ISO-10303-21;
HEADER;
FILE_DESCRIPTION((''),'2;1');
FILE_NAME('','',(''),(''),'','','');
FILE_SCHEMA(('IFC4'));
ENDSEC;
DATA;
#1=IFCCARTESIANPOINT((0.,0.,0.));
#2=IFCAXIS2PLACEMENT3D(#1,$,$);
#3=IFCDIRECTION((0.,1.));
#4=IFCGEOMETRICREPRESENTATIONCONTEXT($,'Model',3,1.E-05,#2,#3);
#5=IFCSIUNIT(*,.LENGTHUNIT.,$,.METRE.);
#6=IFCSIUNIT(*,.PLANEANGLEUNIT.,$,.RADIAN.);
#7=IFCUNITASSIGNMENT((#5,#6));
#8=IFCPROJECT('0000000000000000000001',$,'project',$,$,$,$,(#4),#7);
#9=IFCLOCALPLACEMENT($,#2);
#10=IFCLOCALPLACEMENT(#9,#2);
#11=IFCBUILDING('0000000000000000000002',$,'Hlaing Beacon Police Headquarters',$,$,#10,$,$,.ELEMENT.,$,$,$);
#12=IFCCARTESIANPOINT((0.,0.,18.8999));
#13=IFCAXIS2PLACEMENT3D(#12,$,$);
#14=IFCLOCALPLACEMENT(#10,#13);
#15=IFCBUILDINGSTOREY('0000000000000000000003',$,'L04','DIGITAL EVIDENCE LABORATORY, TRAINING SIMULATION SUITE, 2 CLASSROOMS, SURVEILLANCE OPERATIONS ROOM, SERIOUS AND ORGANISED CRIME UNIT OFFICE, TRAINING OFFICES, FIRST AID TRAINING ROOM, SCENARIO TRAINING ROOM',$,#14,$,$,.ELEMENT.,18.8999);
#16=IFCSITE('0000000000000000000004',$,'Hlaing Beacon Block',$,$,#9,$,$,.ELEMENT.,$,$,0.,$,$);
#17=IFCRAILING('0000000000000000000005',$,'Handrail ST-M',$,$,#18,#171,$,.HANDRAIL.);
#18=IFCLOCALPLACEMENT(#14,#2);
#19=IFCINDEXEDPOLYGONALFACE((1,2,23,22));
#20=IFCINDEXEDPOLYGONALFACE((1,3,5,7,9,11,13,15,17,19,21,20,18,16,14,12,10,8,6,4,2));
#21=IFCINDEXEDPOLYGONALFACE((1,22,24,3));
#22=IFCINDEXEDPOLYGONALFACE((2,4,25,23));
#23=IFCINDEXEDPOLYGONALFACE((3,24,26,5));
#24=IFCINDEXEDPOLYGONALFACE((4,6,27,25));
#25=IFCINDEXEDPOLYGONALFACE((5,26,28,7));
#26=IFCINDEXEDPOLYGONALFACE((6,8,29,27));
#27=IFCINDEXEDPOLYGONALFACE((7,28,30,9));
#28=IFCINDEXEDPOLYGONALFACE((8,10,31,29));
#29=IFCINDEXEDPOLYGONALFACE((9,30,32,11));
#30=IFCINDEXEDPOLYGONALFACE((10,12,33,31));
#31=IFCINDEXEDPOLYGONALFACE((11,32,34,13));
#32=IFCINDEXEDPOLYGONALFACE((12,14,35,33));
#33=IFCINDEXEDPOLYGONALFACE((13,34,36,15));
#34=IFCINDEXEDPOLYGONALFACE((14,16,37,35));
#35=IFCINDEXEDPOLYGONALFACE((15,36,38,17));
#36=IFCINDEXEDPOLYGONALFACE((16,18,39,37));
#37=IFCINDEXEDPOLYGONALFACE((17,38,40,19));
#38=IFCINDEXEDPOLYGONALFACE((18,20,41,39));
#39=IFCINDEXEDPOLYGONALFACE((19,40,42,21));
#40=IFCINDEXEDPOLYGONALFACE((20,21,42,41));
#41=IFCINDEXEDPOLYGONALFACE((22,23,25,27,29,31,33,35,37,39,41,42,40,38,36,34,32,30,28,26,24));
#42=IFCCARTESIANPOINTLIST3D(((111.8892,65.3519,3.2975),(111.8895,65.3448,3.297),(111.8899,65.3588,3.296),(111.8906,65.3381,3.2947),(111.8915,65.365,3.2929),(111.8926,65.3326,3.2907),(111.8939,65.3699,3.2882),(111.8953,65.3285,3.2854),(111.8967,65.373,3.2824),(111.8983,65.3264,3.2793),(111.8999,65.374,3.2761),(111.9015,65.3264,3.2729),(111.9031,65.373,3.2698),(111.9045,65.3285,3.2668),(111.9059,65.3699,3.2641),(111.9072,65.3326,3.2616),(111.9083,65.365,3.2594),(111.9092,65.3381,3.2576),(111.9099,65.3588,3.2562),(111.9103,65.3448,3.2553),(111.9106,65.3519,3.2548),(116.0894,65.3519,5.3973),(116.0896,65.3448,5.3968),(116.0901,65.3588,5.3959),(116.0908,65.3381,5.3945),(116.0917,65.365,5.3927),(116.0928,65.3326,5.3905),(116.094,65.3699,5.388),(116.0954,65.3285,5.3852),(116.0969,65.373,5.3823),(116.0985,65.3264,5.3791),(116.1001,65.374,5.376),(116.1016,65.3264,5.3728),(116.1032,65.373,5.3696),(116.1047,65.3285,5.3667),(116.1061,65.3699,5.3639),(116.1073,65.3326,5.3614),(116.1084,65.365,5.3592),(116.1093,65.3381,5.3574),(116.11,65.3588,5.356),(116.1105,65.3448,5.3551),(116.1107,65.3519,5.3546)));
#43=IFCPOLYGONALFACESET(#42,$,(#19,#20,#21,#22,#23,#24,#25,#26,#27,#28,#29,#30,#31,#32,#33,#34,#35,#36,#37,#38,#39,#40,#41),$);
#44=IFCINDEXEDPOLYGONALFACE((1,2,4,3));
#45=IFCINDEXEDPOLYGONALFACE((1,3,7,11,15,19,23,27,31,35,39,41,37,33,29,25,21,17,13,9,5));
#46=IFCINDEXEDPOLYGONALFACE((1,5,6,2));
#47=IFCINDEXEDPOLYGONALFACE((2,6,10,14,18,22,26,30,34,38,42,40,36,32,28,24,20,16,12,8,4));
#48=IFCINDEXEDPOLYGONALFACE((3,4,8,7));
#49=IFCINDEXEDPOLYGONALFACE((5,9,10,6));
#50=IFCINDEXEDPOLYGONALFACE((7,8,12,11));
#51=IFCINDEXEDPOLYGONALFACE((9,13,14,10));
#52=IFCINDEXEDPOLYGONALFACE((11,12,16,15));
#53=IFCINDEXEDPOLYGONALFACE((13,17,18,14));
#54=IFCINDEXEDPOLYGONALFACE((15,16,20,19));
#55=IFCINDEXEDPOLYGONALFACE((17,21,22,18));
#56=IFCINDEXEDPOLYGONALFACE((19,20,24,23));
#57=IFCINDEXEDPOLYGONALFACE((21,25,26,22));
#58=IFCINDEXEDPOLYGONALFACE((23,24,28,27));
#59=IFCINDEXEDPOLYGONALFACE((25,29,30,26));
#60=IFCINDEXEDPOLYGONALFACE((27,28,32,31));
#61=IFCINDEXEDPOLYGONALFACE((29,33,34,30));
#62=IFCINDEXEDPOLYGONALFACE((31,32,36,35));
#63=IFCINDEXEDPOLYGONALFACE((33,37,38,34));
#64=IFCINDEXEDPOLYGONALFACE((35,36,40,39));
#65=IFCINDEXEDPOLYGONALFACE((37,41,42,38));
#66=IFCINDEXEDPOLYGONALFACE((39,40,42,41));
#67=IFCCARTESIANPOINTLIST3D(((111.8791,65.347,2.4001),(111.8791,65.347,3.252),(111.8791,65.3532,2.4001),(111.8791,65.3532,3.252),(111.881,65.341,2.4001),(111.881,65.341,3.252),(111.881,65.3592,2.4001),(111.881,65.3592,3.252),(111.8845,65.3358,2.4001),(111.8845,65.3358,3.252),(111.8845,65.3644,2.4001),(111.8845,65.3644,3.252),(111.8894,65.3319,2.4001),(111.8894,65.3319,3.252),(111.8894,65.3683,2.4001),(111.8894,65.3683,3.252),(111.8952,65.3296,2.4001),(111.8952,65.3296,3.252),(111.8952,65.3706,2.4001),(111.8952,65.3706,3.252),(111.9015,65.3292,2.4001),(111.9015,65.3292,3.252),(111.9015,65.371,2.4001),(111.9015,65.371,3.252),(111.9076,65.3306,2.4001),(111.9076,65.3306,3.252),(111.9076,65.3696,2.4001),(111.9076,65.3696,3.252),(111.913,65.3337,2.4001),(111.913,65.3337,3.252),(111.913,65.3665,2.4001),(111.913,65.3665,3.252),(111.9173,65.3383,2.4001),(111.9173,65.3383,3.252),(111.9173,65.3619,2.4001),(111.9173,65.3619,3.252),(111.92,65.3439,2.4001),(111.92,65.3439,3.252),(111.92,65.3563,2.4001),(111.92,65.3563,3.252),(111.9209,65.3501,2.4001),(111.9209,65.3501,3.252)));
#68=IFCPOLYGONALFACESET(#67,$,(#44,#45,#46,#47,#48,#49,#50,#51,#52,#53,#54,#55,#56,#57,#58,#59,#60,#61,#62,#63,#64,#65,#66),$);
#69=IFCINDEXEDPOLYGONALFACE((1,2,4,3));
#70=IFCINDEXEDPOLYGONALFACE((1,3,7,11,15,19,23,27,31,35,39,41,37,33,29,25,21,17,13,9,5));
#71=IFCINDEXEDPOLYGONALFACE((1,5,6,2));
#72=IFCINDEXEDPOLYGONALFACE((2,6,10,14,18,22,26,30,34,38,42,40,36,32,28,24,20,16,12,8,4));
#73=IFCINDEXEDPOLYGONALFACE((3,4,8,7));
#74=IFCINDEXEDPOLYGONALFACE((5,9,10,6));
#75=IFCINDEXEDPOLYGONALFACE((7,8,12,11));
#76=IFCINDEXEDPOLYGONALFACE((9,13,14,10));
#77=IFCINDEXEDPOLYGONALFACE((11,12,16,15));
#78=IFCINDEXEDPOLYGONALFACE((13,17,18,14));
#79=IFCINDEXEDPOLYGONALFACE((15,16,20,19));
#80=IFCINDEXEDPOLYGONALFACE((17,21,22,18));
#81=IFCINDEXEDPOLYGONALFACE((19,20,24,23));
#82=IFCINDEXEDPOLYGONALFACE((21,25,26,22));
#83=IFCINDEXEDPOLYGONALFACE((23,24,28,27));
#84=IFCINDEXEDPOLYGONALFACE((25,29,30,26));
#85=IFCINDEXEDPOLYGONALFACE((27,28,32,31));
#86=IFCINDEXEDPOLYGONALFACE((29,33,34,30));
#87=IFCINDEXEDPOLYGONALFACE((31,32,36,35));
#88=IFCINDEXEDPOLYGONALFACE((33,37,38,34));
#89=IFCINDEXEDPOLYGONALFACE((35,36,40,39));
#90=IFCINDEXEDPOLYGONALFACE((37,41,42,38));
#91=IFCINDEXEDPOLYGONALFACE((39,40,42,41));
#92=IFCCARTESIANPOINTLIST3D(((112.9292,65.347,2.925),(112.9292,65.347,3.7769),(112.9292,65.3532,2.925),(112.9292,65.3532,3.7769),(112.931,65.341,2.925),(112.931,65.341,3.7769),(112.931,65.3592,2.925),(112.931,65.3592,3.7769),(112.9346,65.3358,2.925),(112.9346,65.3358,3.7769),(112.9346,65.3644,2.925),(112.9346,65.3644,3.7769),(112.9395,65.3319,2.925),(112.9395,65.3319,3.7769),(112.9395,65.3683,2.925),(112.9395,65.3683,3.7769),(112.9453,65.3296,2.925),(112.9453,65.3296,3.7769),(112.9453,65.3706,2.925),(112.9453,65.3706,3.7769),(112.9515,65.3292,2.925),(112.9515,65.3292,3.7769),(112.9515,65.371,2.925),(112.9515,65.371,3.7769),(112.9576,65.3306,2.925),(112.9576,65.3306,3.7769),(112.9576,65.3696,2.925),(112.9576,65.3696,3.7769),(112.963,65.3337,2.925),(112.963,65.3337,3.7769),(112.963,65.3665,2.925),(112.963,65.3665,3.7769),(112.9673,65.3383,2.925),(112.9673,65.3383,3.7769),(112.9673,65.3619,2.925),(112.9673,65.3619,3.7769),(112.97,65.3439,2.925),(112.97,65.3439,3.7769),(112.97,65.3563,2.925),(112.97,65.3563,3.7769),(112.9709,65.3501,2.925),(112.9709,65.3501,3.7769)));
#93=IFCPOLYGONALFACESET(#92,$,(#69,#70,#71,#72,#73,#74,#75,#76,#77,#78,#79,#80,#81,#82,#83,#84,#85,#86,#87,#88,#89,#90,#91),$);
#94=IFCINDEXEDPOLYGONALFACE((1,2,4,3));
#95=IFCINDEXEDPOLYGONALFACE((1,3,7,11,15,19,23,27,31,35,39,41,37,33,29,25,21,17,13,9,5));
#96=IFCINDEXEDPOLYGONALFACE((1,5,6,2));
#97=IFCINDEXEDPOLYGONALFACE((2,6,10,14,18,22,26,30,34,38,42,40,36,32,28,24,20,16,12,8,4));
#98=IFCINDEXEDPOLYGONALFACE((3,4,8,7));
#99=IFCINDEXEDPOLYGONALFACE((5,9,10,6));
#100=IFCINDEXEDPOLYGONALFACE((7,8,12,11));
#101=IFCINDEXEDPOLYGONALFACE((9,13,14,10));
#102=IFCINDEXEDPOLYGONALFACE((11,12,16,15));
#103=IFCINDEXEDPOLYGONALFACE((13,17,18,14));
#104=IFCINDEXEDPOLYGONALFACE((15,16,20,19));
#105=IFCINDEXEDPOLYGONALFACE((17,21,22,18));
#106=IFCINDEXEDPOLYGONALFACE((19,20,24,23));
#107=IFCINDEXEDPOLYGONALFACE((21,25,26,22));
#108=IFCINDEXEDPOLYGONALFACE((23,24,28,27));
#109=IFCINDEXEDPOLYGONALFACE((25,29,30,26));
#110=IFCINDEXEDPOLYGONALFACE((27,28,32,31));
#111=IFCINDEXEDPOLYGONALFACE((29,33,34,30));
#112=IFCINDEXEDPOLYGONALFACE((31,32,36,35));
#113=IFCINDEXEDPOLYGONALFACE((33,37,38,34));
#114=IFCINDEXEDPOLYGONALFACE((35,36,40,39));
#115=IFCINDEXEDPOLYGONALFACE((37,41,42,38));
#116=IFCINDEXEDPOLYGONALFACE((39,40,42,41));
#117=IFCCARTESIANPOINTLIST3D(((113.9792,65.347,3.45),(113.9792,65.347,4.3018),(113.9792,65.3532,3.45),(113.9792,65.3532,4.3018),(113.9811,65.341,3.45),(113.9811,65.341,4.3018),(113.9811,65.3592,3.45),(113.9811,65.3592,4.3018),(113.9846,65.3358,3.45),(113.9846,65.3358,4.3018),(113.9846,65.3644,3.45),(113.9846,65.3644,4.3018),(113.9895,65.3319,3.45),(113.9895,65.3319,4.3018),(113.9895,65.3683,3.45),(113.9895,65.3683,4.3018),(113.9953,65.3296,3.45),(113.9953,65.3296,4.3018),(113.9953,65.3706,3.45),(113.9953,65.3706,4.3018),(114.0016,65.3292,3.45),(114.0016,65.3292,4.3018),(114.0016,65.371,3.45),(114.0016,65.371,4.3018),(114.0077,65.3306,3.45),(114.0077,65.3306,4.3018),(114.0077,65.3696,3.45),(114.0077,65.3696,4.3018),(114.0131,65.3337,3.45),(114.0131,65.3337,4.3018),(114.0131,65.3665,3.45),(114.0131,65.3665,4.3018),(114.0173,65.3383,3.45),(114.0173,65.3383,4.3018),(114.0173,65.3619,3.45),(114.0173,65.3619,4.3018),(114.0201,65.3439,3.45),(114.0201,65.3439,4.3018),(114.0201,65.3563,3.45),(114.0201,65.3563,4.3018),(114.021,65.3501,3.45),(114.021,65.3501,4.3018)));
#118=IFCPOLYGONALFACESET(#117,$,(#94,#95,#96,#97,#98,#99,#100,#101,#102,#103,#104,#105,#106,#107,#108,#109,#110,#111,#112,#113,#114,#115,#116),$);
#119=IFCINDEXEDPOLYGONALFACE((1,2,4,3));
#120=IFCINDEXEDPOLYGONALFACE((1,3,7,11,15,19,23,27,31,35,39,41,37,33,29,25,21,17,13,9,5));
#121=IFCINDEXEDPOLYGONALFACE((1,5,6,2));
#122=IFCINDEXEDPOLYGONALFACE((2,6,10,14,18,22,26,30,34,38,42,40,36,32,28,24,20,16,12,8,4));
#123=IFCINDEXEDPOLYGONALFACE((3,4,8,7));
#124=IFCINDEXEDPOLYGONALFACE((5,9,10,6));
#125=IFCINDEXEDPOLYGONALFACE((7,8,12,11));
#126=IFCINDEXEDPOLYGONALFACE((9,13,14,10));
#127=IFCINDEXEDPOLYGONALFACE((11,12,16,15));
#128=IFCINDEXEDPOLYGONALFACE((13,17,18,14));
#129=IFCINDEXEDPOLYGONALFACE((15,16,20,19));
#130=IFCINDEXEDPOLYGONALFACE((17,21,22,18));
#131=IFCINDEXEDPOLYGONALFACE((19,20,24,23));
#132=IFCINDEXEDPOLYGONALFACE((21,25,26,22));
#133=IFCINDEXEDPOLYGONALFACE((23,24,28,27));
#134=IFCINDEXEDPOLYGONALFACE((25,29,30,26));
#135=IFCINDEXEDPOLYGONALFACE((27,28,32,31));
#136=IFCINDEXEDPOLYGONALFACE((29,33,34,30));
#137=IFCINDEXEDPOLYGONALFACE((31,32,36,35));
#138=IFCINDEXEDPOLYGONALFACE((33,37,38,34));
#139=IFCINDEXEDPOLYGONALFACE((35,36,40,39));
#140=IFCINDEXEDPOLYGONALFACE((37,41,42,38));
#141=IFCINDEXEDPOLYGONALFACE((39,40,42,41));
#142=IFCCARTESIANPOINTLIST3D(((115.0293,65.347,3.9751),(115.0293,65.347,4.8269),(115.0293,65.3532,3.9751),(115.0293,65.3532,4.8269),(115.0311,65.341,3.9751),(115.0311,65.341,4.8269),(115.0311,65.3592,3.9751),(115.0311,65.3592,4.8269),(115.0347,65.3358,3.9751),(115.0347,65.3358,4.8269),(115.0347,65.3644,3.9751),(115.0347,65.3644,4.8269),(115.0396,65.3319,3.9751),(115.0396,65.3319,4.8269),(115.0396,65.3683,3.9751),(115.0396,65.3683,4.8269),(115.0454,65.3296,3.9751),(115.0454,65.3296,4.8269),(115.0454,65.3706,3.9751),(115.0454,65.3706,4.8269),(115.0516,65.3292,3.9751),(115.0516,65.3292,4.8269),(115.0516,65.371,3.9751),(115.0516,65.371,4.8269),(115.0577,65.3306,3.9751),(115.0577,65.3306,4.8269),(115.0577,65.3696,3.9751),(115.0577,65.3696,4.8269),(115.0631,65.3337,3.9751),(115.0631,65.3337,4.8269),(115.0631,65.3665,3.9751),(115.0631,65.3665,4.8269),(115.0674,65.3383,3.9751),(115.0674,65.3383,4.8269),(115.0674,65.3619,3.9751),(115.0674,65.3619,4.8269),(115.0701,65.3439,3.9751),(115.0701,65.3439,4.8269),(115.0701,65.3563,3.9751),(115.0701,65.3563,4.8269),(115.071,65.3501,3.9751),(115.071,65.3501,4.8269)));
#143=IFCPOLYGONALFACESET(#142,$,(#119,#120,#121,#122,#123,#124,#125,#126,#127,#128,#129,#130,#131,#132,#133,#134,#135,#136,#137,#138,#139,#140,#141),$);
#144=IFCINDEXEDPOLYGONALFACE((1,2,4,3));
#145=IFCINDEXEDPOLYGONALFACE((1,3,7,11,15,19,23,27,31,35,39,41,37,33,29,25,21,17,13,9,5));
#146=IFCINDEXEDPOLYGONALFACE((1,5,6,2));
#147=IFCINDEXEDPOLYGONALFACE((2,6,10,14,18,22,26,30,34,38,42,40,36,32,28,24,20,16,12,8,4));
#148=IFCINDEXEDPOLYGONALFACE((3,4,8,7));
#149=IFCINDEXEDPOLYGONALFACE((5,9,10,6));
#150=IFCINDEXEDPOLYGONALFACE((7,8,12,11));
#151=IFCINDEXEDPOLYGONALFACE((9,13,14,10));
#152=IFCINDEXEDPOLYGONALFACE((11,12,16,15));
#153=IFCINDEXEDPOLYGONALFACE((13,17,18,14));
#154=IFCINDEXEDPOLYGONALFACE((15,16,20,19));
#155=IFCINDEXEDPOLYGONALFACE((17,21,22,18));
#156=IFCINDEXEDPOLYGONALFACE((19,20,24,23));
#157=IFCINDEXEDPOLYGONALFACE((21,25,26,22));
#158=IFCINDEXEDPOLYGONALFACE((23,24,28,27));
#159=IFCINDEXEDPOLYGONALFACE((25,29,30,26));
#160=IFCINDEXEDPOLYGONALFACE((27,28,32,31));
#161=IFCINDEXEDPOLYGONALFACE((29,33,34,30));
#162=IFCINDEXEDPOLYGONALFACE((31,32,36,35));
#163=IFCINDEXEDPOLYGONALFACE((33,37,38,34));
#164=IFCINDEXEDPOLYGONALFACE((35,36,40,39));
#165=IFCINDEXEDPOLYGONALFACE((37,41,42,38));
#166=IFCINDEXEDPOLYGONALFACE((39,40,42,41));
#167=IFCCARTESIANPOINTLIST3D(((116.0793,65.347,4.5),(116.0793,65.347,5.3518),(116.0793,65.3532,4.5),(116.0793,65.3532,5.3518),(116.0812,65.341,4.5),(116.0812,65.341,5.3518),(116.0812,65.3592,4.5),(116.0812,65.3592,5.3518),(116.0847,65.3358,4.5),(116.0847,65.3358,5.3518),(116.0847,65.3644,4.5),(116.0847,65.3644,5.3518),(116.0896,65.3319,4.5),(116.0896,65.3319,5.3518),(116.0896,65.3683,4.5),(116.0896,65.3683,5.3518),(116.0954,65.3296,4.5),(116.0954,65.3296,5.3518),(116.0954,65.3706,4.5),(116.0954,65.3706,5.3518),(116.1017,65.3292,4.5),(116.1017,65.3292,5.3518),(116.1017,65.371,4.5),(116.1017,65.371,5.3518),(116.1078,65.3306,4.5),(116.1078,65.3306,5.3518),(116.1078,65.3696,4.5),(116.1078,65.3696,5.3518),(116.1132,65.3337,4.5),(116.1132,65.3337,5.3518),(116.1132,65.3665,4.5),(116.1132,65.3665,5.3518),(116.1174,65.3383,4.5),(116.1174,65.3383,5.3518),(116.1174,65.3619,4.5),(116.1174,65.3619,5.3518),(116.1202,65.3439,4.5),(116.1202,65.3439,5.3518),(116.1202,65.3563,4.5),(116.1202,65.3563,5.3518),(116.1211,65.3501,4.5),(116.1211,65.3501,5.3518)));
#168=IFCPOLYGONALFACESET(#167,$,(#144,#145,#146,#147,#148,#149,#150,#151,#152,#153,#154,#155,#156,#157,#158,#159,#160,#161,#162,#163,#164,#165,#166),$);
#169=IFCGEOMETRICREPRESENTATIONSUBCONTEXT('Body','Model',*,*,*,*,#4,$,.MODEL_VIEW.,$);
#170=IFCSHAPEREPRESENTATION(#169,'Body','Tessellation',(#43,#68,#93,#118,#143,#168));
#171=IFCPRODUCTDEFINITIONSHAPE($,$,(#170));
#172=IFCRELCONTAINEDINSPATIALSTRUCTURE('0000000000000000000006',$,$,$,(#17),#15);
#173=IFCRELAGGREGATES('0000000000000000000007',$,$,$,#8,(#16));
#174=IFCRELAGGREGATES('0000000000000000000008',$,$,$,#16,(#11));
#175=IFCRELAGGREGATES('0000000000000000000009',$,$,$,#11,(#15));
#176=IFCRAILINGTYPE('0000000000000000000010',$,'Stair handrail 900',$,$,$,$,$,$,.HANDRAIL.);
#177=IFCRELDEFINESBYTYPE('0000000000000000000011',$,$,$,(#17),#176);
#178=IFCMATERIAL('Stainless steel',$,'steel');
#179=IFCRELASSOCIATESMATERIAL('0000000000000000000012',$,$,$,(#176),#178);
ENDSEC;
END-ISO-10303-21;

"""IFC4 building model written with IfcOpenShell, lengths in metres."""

from ifc_helpers import new_model, si_unit, direction, frame, origin, origin_2d, place, context, subcontext, project, spatial, circle, extrude, material, type_object, element, save


model = new_model("IFC4")

# Units and contexts
model_context = context("Model", 3, precision=1e-05, world=origin(), true_north=direction((0.0, 1.0)))
body_context = subcontext(model_context, "Body", "Model", "MODEL_VIEW")
ifc_project = project(units=[si_unit("LENGTHUNIT", "METRE"), si_unit("PLANEANGLEUNIT", "RADIAN")], contexts=[model_context])

# Site, building, storey
site_placement = place(None, origin())
site = spatial("IfcSite", under=ifc_project, at=site_placement, Name="Hlaing Beacon Block", CompositionType="ELEMENT", RefElevation=0.0)
building_placement = place(site_placement, origin())
building = spatial("IfcBuilding", under=site, at=building_placement, Name="Hlaing Beacon Police Headquarters", CompositionType="ELEMENT")
storey_placement = place(building_placement, frame((0.0, 0.0, 18.8999)))
storey = spatial("IfcBuildingStorey", under=building, at=storey_placement, Name="L04", Description="DIGITAL EVIDENCE LABORATORY, TRAINING SIMULATION SUITE, 2 CLASSROOMS, SURVEILLANCE OPERATIONS ROOM, SERIOUS AND ORGANISED CRIME UNIT OFFICE, TRAINING OFFICES, FIRST AID TRAINING ROOM, SCENARIO TRAINING ROOM", CompositionType="ELEMENT", Elevation=18.8999)

# Railing
ifc_material_1 = material(Name="Stainless steel", Category="steel")
railing_type_1 = type_object("IfcRailingType", Name="Stair handrail 900", PredefinedType="HANDRAIL", material=ifc_material_1)
for number, where, name in (
    (1, (111.8999, 65.3501, 2.4001), "Handrail ST-M"),
):
    element("IfcRailing", number, at=place(storey_placement, frame(where)), inside=storey, type_object=railing_type_1, Name=name, PredefinedType="HANDRAIL", context=body_context, shape_type="SweptSolid", body=[
        extrude(circle(Radius=0.0239, at=origin_2d()), frame((0.0, 0.0, 0.876), z_axis=(0.894448, 0.0, 0.447172), x_axis=(0.0, 1.0, 0.0)), (0.0, 0.0, 1.0), 4.6958),
        extrude(circle(Radius=0.021, at=origin_2d()), origin(), (0.0, 0.0, 1.0), 0.8518),
        extrude(circle(Radius=0.021, at=origin_2d()), frame((1.05, 0.0, 0.5249)), (0.0, 0.0, 1.0), 0.8518),
        extrude(circle(Radius=0.021, at=origin_2d()), frame((2.1001, 0.0, 1.0498)), (0.0, 0.0, 1.0), 0.8518),
        extrude(circle(Radius=0.021, at=origin_2d()), frame((3.1501, 0.0, 1.575)), (0.0, 0.0, 1.0), 0.8518),
        extrude(circle(Radius=0.021, at=origin_2d()), frame((4.2002, 0.0, 2.0999)), (0.0, 0.0, 1.0), 0.8518),
    ])

save(model, "model.ifc")
